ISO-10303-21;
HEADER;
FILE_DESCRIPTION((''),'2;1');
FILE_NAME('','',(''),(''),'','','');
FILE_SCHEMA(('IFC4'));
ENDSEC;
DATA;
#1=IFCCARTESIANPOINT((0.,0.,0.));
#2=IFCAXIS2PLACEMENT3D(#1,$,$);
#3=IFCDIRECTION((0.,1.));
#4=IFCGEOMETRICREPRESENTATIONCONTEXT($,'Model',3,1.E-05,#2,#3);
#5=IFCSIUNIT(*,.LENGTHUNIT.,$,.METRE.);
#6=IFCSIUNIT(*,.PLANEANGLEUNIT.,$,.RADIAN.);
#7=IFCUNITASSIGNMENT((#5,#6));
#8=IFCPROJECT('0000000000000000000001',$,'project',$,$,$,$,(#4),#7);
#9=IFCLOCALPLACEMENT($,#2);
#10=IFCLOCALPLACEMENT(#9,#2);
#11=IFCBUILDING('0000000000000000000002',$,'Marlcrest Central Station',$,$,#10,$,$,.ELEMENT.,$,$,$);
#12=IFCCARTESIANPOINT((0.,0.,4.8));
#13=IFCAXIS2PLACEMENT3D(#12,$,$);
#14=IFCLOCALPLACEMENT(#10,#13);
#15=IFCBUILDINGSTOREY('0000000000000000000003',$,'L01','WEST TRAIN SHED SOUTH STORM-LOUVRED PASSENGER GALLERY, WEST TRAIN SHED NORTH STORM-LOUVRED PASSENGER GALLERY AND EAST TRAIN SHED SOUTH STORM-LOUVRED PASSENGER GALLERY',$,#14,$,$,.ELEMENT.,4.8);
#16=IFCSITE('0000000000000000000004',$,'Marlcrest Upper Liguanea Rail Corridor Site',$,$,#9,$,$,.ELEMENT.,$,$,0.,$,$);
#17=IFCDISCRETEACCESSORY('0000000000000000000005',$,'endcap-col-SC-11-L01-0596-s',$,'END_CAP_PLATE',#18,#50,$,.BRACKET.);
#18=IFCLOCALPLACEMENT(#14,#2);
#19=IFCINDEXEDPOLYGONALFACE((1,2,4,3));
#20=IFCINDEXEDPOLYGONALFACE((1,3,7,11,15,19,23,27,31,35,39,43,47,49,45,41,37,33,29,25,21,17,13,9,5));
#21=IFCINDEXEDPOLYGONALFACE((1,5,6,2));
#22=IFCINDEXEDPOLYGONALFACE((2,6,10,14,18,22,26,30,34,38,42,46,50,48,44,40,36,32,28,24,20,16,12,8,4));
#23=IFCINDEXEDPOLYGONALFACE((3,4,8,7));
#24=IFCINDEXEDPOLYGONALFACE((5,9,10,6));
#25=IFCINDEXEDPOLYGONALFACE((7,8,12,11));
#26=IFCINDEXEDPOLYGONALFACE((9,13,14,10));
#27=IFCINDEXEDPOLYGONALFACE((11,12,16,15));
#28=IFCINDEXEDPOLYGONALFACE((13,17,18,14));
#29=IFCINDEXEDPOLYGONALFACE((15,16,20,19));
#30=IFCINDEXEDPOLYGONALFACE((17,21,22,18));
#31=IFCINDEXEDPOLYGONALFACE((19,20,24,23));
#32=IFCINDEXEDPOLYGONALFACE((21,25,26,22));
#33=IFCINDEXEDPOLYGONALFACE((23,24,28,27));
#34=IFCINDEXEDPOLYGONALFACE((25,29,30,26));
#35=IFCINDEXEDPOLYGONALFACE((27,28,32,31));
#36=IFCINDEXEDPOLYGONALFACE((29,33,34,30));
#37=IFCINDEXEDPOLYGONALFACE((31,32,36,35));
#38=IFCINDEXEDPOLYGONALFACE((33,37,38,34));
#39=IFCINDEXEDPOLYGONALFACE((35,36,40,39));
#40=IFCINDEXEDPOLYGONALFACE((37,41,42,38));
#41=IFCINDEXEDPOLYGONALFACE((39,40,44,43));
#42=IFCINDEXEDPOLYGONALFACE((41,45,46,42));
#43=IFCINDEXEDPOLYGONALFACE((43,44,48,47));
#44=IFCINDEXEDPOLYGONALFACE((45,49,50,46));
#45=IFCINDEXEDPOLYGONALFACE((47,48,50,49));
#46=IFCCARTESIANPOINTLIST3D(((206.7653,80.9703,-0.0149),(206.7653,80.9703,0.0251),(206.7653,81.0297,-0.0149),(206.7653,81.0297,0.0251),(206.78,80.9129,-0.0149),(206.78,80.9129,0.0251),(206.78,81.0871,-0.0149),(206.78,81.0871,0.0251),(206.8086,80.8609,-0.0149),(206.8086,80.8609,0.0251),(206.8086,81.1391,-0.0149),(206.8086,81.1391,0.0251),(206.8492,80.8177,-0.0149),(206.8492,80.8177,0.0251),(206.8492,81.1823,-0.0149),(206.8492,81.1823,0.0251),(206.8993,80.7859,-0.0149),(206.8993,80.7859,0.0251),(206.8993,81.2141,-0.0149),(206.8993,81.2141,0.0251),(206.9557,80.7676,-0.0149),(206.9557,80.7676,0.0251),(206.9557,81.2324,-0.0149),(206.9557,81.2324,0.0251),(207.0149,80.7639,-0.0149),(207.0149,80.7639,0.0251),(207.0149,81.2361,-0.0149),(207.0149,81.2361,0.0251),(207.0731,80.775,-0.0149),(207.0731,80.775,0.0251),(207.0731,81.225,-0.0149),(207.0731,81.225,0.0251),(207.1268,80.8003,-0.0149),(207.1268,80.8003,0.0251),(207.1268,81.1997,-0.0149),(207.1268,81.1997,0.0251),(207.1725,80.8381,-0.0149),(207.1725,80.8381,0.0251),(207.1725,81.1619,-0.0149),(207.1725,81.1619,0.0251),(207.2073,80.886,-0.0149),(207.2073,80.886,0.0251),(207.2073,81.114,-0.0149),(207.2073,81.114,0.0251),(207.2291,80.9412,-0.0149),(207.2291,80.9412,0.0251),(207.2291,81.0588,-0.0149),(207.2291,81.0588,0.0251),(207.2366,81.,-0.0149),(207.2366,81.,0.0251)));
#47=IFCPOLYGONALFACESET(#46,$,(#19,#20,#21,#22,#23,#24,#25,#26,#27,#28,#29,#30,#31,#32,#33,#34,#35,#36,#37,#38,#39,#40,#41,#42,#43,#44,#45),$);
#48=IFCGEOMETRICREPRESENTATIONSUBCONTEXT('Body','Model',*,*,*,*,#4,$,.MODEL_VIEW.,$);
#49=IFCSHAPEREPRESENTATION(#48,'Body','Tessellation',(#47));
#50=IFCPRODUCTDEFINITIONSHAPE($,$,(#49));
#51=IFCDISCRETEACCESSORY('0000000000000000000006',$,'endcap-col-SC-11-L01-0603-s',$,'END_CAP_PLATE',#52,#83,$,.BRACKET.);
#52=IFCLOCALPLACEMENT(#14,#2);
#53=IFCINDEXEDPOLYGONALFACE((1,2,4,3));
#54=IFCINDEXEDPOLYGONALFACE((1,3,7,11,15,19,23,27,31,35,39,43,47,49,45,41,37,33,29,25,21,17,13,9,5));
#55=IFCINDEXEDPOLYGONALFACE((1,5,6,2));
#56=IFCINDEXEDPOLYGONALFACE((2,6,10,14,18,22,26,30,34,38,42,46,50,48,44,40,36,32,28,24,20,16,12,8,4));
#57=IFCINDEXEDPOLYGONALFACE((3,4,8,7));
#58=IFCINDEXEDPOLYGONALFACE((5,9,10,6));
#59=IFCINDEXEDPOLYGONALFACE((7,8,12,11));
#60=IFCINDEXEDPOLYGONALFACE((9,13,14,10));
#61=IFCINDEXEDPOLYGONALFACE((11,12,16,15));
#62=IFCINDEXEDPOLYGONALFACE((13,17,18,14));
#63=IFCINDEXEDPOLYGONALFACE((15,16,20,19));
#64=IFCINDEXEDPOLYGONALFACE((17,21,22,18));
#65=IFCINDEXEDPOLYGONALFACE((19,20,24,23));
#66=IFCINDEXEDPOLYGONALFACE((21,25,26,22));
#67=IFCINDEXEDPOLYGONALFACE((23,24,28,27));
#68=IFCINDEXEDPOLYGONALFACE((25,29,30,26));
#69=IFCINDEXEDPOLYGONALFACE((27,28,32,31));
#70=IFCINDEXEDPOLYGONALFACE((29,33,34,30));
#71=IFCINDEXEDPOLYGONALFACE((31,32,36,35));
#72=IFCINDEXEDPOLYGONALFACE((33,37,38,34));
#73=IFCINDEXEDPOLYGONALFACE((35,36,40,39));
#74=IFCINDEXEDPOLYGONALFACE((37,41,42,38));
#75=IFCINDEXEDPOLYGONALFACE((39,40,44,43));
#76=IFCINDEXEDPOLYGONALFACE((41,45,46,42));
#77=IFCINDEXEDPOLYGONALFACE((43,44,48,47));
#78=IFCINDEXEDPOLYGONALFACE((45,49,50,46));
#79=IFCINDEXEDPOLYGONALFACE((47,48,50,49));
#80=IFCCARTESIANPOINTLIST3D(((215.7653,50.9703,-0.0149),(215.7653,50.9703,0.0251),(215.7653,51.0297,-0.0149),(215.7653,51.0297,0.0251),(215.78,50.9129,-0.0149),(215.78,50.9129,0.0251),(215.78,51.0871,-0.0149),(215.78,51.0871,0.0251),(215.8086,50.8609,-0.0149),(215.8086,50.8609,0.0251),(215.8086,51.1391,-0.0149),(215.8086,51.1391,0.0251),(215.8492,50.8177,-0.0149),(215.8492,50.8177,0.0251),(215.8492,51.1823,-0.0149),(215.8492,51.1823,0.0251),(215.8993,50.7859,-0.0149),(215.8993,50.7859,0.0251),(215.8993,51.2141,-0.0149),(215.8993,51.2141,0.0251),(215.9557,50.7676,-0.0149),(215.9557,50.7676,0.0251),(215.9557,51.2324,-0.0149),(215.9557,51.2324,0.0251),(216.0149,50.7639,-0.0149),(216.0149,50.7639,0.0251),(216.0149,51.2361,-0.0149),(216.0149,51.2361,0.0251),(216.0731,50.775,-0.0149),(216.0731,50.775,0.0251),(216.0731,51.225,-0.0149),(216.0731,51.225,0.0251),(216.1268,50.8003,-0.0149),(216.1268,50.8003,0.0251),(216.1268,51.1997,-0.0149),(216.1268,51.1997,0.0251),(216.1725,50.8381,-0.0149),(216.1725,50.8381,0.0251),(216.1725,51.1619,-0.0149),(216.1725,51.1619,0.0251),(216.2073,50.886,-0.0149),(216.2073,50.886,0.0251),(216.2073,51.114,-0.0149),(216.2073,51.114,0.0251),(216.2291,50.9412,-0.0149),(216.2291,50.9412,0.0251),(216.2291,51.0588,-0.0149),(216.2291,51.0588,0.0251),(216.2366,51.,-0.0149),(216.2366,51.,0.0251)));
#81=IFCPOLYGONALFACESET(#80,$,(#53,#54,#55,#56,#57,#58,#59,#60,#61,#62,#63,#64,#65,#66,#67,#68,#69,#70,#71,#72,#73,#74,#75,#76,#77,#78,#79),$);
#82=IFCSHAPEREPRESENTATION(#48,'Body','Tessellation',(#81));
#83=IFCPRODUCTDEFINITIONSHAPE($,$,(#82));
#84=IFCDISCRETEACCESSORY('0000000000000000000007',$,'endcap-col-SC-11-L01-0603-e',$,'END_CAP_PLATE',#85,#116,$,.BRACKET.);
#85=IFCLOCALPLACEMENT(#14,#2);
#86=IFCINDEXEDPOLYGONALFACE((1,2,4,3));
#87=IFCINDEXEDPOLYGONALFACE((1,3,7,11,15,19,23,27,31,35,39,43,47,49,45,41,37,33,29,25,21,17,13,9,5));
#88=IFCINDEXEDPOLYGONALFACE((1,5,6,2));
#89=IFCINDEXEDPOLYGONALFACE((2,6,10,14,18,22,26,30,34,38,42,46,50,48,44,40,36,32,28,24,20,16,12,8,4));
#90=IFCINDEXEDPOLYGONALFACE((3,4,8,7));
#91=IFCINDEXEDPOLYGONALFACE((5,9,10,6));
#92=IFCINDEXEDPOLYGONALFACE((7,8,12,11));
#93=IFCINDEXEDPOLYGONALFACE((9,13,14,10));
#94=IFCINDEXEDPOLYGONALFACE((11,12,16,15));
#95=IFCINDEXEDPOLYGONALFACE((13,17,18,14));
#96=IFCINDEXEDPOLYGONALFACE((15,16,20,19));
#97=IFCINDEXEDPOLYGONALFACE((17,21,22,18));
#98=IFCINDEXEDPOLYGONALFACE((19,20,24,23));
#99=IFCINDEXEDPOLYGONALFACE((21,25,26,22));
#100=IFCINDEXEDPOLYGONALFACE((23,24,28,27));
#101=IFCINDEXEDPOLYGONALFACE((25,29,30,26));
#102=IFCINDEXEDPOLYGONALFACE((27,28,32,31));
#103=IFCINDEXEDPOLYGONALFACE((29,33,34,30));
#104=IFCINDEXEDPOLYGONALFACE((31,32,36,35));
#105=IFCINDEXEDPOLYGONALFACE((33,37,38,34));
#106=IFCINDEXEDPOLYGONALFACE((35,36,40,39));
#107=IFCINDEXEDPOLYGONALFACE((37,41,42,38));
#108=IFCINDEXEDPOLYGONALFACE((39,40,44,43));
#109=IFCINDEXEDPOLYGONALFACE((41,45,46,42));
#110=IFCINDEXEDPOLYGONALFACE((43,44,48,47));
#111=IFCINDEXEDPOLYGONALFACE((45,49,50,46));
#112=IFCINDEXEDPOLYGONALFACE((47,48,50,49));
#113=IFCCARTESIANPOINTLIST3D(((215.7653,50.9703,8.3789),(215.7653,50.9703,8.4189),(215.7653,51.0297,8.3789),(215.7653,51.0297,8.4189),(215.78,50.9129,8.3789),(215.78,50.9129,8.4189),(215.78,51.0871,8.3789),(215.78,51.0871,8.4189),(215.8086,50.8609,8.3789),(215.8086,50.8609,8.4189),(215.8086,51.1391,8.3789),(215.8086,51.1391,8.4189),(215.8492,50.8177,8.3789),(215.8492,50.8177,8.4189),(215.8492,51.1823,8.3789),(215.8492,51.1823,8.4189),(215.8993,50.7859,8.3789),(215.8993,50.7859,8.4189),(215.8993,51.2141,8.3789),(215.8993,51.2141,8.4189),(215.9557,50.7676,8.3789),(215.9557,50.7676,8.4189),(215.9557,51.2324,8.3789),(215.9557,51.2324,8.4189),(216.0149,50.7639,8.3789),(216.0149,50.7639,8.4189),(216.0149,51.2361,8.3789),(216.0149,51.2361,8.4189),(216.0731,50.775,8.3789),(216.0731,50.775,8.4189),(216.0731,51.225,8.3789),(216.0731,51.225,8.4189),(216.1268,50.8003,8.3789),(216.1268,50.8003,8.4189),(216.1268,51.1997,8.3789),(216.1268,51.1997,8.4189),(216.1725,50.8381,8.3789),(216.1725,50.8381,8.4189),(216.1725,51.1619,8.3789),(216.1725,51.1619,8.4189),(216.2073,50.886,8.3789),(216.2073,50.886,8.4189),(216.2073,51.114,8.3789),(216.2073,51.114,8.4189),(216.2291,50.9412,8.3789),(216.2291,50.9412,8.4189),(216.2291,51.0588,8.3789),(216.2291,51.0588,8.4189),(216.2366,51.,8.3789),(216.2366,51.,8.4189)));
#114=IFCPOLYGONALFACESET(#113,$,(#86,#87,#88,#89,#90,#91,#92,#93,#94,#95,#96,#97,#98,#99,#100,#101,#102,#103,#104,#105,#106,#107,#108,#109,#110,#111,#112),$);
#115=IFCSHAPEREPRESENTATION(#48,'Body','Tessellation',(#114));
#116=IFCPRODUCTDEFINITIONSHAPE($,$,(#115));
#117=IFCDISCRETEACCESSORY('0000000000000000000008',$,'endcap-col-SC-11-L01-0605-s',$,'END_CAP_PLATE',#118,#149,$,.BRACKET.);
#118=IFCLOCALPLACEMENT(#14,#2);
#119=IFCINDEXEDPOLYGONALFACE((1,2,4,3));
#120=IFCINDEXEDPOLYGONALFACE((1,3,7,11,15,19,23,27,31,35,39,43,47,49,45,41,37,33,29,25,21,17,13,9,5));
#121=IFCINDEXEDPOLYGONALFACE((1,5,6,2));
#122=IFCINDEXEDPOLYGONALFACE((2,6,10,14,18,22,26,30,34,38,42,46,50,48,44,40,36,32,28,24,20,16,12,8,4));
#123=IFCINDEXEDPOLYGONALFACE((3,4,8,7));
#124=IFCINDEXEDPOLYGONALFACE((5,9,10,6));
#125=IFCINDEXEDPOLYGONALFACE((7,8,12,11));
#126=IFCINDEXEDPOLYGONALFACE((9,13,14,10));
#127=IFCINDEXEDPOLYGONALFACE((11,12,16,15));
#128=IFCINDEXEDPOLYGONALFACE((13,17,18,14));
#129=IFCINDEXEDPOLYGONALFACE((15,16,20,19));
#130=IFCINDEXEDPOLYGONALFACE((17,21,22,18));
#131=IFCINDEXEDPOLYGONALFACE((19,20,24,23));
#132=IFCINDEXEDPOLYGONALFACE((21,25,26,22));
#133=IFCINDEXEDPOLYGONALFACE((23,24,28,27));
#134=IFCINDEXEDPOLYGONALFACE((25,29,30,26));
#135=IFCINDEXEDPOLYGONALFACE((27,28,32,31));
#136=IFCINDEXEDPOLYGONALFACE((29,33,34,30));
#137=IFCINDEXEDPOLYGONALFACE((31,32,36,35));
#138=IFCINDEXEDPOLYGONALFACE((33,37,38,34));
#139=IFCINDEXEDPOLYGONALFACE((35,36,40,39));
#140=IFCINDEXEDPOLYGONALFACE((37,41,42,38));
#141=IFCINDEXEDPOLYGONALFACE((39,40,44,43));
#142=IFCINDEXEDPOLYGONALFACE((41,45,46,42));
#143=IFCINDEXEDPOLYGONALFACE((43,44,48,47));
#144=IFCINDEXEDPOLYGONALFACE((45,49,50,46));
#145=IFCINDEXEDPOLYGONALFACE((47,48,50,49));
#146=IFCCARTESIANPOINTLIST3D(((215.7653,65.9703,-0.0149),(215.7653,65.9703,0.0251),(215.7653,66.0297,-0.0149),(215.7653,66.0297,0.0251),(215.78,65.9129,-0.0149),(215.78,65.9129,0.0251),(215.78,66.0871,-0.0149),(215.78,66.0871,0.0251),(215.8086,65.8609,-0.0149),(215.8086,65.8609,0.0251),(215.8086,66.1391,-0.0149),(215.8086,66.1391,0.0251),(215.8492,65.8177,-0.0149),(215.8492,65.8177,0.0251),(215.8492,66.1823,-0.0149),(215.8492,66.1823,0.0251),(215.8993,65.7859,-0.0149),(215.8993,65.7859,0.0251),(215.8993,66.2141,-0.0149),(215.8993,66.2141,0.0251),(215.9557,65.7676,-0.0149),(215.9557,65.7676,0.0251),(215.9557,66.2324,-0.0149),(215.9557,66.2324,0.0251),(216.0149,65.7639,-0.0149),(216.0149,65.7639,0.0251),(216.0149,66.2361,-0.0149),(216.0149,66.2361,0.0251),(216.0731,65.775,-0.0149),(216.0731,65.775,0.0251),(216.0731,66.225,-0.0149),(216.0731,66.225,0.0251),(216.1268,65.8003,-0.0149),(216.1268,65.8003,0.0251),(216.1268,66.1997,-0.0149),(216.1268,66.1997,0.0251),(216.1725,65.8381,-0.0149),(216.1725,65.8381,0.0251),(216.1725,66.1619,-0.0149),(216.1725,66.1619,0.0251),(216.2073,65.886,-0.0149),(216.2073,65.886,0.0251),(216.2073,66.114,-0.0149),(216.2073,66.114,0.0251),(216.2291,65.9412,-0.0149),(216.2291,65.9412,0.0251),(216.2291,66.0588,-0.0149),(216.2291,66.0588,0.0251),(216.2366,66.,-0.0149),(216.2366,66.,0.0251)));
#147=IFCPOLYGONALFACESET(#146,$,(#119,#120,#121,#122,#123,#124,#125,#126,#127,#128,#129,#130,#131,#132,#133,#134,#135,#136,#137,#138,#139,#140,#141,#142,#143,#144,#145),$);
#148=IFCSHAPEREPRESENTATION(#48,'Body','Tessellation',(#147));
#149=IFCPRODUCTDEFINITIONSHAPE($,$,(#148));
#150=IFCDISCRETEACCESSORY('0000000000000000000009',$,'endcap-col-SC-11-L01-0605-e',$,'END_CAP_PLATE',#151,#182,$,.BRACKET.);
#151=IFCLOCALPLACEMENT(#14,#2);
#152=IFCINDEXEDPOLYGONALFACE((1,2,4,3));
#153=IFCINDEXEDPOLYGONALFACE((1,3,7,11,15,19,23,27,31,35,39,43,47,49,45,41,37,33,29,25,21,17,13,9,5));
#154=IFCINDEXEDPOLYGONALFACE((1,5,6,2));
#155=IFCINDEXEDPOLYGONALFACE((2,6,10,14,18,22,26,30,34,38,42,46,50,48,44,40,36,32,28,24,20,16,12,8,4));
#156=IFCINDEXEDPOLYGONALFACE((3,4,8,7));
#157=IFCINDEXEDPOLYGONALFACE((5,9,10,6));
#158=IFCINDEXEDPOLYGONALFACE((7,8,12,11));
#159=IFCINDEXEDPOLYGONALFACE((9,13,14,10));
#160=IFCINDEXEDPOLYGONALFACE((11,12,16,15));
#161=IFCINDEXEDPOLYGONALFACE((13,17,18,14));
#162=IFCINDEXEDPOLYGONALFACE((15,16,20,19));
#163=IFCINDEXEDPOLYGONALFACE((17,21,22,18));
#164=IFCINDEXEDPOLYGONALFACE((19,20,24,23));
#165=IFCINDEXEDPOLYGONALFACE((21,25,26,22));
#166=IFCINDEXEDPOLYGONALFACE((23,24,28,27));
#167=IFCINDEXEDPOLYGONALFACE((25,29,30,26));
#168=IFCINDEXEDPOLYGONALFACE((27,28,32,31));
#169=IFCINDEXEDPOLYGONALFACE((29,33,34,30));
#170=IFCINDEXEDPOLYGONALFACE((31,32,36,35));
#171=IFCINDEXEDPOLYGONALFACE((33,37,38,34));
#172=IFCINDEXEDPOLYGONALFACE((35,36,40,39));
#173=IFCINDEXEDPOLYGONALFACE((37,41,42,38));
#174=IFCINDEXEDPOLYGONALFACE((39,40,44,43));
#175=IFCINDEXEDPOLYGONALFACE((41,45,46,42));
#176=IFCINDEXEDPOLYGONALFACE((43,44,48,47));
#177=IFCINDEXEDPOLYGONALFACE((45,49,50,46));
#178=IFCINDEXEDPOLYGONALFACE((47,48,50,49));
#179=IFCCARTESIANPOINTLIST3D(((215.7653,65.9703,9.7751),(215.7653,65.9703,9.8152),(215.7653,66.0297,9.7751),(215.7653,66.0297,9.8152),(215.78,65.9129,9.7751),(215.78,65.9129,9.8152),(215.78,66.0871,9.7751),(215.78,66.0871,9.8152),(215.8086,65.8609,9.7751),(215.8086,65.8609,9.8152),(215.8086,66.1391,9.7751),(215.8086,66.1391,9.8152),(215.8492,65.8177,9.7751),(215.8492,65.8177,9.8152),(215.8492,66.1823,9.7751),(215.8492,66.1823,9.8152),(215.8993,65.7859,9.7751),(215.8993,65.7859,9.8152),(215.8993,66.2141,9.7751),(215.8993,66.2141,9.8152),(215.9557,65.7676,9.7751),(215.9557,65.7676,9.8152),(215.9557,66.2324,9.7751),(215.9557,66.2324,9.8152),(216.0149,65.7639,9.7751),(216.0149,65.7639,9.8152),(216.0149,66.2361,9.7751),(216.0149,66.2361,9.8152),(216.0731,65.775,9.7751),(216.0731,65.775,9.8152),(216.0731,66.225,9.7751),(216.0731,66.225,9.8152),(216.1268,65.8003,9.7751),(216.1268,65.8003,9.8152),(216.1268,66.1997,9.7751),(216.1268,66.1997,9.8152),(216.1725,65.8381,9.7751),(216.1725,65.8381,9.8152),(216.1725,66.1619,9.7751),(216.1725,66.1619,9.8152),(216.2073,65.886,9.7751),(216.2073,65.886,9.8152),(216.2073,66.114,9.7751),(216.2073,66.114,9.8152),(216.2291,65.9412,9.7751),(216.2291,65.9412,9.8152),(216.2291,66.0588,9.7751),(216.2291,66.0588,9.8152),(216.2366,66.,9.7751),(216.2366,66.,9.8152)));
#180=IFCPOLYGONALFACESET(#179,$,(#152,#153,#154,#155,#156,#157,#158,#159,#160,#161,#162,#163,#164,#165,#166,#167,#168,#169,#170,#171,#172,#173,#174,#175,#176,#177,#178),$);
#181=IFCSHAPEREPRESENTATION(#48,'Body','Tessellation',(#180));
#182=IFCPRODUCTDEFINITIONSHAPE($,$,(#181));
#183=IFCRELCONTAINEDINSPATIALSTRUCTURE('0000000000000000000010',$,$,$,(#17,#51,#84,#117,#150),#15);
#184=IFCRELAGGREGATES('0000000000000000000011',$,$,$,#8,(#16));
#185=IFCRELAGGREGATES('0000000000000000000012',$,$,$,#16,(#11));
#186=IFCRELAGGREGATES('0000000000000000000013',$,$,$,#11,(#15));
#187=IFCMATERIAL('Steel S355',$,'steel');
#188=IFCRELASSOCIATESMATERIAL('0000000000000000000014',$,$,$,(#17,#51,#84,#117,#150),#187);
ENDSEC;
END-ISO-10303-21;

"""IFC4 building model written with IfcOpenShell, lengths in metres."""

from ifc_helpers import new_model, si_unit, direction, frame, origin, origin_2d, place, context, subcontext, project, spatial, circle, extrude, material, element, save


model = new_model("IFC4")

# Units and contexts
model_context = context("Model", 3, precision=1e-05, world=origin(), true_north=direction((0.0, 1.0)))
body_context = subcontext(model_context, "Body", "Model", "MODEL_VIEW")
ifc_project = project(units=[si_unit("LENGTHUNIT", "METRE"), si_unit("PLANEANGLEUNIT", "RADIAN")], contexts=[model_context])

# Site, building, storey
site_placement = place(None, origin())
site = spatial("IfcSite", under=ifc_project, at=site_placement, Name="Marlcrest Upper Liguanea Rail Corridor Site", CompositionType="ELEMENT", RefElevation=0.0)
building_placement = place(site_placement, origin())
building = spatial("IfcBuilding", under=site, at=building_placement, Name="Marlcrest Central Station", CompositionType="ELEMENT")
storey_placement = place(building_placement, frame((0.0, 0.0, 4.8)))
storey = spatial("IfcBuildingStorey", under=building, at=storey_placement, Name="L01", Description="WEST TRAIN SHED SOUTH STORM-LOUVRED PASSENGER GALLERY, WEST TRAIN SHED NORTH STORM-LOUVRED PASSENGER GALLERY AND EAST TRAIN SHED SOUTH STORM-LOUVRED PASSENGER GALLERY", CompositionType="ELEMENT", Elevation=4.8)

# Shared definitions
ifc_material = material(Name="Steel S355", Category="steel")

# Discrete accessories
for number, where, z_axis, x_axis, name in (
    (1, (207.0, 81.0, -0.0149), (0.0, 0.0, 1.0), (1.0, 0.0, 0.0), "endcap-col-SC-11-L01-0596-s"),
    (2, (216.0, 51.0, -0.0149), (0.0, 0.0, 1.0), (1.0, 0.0, 0.0), "endcap-col-SC-11-L01-0603-s"),
    (3, (216.0, 51.0, 8.3789), (0.0, 0.0, 1.0), (1.0, 0.0, 0.0), "endcap-col-SC-11-L01-0603-e"),
    (4, (216.0, 66.0, -0.0149), (0.0, 0.0, 1.0), (1.0, 0.0, 0.0), "endcap-col-SC-11-L01-0605-s"),
    (5, (216.0, 66.0, 9.7751), (0.0, 0.0, 1.0), (1.0, 0.0, 0.0), "endcap-col-SC-11-L01-0605-e"),
):
    element("IfcDiscreteAccessory", number, at=place(storey_placement, frame(where, z_axis=z_axis, x_axis=x_axis)), inside=storey, material=ifc_material, Name=name, ObjectType="END_CAP_PLATE", PredefinedType="BRACKET", context=body_context, shape_type="SweptSolid", body=[
        extrude(circle(Radius=0.2366, at=origin_2d()), origin(), (0.0, 0.0, 1.0), 0.04),
    ])

save(model, "model.ifc")
